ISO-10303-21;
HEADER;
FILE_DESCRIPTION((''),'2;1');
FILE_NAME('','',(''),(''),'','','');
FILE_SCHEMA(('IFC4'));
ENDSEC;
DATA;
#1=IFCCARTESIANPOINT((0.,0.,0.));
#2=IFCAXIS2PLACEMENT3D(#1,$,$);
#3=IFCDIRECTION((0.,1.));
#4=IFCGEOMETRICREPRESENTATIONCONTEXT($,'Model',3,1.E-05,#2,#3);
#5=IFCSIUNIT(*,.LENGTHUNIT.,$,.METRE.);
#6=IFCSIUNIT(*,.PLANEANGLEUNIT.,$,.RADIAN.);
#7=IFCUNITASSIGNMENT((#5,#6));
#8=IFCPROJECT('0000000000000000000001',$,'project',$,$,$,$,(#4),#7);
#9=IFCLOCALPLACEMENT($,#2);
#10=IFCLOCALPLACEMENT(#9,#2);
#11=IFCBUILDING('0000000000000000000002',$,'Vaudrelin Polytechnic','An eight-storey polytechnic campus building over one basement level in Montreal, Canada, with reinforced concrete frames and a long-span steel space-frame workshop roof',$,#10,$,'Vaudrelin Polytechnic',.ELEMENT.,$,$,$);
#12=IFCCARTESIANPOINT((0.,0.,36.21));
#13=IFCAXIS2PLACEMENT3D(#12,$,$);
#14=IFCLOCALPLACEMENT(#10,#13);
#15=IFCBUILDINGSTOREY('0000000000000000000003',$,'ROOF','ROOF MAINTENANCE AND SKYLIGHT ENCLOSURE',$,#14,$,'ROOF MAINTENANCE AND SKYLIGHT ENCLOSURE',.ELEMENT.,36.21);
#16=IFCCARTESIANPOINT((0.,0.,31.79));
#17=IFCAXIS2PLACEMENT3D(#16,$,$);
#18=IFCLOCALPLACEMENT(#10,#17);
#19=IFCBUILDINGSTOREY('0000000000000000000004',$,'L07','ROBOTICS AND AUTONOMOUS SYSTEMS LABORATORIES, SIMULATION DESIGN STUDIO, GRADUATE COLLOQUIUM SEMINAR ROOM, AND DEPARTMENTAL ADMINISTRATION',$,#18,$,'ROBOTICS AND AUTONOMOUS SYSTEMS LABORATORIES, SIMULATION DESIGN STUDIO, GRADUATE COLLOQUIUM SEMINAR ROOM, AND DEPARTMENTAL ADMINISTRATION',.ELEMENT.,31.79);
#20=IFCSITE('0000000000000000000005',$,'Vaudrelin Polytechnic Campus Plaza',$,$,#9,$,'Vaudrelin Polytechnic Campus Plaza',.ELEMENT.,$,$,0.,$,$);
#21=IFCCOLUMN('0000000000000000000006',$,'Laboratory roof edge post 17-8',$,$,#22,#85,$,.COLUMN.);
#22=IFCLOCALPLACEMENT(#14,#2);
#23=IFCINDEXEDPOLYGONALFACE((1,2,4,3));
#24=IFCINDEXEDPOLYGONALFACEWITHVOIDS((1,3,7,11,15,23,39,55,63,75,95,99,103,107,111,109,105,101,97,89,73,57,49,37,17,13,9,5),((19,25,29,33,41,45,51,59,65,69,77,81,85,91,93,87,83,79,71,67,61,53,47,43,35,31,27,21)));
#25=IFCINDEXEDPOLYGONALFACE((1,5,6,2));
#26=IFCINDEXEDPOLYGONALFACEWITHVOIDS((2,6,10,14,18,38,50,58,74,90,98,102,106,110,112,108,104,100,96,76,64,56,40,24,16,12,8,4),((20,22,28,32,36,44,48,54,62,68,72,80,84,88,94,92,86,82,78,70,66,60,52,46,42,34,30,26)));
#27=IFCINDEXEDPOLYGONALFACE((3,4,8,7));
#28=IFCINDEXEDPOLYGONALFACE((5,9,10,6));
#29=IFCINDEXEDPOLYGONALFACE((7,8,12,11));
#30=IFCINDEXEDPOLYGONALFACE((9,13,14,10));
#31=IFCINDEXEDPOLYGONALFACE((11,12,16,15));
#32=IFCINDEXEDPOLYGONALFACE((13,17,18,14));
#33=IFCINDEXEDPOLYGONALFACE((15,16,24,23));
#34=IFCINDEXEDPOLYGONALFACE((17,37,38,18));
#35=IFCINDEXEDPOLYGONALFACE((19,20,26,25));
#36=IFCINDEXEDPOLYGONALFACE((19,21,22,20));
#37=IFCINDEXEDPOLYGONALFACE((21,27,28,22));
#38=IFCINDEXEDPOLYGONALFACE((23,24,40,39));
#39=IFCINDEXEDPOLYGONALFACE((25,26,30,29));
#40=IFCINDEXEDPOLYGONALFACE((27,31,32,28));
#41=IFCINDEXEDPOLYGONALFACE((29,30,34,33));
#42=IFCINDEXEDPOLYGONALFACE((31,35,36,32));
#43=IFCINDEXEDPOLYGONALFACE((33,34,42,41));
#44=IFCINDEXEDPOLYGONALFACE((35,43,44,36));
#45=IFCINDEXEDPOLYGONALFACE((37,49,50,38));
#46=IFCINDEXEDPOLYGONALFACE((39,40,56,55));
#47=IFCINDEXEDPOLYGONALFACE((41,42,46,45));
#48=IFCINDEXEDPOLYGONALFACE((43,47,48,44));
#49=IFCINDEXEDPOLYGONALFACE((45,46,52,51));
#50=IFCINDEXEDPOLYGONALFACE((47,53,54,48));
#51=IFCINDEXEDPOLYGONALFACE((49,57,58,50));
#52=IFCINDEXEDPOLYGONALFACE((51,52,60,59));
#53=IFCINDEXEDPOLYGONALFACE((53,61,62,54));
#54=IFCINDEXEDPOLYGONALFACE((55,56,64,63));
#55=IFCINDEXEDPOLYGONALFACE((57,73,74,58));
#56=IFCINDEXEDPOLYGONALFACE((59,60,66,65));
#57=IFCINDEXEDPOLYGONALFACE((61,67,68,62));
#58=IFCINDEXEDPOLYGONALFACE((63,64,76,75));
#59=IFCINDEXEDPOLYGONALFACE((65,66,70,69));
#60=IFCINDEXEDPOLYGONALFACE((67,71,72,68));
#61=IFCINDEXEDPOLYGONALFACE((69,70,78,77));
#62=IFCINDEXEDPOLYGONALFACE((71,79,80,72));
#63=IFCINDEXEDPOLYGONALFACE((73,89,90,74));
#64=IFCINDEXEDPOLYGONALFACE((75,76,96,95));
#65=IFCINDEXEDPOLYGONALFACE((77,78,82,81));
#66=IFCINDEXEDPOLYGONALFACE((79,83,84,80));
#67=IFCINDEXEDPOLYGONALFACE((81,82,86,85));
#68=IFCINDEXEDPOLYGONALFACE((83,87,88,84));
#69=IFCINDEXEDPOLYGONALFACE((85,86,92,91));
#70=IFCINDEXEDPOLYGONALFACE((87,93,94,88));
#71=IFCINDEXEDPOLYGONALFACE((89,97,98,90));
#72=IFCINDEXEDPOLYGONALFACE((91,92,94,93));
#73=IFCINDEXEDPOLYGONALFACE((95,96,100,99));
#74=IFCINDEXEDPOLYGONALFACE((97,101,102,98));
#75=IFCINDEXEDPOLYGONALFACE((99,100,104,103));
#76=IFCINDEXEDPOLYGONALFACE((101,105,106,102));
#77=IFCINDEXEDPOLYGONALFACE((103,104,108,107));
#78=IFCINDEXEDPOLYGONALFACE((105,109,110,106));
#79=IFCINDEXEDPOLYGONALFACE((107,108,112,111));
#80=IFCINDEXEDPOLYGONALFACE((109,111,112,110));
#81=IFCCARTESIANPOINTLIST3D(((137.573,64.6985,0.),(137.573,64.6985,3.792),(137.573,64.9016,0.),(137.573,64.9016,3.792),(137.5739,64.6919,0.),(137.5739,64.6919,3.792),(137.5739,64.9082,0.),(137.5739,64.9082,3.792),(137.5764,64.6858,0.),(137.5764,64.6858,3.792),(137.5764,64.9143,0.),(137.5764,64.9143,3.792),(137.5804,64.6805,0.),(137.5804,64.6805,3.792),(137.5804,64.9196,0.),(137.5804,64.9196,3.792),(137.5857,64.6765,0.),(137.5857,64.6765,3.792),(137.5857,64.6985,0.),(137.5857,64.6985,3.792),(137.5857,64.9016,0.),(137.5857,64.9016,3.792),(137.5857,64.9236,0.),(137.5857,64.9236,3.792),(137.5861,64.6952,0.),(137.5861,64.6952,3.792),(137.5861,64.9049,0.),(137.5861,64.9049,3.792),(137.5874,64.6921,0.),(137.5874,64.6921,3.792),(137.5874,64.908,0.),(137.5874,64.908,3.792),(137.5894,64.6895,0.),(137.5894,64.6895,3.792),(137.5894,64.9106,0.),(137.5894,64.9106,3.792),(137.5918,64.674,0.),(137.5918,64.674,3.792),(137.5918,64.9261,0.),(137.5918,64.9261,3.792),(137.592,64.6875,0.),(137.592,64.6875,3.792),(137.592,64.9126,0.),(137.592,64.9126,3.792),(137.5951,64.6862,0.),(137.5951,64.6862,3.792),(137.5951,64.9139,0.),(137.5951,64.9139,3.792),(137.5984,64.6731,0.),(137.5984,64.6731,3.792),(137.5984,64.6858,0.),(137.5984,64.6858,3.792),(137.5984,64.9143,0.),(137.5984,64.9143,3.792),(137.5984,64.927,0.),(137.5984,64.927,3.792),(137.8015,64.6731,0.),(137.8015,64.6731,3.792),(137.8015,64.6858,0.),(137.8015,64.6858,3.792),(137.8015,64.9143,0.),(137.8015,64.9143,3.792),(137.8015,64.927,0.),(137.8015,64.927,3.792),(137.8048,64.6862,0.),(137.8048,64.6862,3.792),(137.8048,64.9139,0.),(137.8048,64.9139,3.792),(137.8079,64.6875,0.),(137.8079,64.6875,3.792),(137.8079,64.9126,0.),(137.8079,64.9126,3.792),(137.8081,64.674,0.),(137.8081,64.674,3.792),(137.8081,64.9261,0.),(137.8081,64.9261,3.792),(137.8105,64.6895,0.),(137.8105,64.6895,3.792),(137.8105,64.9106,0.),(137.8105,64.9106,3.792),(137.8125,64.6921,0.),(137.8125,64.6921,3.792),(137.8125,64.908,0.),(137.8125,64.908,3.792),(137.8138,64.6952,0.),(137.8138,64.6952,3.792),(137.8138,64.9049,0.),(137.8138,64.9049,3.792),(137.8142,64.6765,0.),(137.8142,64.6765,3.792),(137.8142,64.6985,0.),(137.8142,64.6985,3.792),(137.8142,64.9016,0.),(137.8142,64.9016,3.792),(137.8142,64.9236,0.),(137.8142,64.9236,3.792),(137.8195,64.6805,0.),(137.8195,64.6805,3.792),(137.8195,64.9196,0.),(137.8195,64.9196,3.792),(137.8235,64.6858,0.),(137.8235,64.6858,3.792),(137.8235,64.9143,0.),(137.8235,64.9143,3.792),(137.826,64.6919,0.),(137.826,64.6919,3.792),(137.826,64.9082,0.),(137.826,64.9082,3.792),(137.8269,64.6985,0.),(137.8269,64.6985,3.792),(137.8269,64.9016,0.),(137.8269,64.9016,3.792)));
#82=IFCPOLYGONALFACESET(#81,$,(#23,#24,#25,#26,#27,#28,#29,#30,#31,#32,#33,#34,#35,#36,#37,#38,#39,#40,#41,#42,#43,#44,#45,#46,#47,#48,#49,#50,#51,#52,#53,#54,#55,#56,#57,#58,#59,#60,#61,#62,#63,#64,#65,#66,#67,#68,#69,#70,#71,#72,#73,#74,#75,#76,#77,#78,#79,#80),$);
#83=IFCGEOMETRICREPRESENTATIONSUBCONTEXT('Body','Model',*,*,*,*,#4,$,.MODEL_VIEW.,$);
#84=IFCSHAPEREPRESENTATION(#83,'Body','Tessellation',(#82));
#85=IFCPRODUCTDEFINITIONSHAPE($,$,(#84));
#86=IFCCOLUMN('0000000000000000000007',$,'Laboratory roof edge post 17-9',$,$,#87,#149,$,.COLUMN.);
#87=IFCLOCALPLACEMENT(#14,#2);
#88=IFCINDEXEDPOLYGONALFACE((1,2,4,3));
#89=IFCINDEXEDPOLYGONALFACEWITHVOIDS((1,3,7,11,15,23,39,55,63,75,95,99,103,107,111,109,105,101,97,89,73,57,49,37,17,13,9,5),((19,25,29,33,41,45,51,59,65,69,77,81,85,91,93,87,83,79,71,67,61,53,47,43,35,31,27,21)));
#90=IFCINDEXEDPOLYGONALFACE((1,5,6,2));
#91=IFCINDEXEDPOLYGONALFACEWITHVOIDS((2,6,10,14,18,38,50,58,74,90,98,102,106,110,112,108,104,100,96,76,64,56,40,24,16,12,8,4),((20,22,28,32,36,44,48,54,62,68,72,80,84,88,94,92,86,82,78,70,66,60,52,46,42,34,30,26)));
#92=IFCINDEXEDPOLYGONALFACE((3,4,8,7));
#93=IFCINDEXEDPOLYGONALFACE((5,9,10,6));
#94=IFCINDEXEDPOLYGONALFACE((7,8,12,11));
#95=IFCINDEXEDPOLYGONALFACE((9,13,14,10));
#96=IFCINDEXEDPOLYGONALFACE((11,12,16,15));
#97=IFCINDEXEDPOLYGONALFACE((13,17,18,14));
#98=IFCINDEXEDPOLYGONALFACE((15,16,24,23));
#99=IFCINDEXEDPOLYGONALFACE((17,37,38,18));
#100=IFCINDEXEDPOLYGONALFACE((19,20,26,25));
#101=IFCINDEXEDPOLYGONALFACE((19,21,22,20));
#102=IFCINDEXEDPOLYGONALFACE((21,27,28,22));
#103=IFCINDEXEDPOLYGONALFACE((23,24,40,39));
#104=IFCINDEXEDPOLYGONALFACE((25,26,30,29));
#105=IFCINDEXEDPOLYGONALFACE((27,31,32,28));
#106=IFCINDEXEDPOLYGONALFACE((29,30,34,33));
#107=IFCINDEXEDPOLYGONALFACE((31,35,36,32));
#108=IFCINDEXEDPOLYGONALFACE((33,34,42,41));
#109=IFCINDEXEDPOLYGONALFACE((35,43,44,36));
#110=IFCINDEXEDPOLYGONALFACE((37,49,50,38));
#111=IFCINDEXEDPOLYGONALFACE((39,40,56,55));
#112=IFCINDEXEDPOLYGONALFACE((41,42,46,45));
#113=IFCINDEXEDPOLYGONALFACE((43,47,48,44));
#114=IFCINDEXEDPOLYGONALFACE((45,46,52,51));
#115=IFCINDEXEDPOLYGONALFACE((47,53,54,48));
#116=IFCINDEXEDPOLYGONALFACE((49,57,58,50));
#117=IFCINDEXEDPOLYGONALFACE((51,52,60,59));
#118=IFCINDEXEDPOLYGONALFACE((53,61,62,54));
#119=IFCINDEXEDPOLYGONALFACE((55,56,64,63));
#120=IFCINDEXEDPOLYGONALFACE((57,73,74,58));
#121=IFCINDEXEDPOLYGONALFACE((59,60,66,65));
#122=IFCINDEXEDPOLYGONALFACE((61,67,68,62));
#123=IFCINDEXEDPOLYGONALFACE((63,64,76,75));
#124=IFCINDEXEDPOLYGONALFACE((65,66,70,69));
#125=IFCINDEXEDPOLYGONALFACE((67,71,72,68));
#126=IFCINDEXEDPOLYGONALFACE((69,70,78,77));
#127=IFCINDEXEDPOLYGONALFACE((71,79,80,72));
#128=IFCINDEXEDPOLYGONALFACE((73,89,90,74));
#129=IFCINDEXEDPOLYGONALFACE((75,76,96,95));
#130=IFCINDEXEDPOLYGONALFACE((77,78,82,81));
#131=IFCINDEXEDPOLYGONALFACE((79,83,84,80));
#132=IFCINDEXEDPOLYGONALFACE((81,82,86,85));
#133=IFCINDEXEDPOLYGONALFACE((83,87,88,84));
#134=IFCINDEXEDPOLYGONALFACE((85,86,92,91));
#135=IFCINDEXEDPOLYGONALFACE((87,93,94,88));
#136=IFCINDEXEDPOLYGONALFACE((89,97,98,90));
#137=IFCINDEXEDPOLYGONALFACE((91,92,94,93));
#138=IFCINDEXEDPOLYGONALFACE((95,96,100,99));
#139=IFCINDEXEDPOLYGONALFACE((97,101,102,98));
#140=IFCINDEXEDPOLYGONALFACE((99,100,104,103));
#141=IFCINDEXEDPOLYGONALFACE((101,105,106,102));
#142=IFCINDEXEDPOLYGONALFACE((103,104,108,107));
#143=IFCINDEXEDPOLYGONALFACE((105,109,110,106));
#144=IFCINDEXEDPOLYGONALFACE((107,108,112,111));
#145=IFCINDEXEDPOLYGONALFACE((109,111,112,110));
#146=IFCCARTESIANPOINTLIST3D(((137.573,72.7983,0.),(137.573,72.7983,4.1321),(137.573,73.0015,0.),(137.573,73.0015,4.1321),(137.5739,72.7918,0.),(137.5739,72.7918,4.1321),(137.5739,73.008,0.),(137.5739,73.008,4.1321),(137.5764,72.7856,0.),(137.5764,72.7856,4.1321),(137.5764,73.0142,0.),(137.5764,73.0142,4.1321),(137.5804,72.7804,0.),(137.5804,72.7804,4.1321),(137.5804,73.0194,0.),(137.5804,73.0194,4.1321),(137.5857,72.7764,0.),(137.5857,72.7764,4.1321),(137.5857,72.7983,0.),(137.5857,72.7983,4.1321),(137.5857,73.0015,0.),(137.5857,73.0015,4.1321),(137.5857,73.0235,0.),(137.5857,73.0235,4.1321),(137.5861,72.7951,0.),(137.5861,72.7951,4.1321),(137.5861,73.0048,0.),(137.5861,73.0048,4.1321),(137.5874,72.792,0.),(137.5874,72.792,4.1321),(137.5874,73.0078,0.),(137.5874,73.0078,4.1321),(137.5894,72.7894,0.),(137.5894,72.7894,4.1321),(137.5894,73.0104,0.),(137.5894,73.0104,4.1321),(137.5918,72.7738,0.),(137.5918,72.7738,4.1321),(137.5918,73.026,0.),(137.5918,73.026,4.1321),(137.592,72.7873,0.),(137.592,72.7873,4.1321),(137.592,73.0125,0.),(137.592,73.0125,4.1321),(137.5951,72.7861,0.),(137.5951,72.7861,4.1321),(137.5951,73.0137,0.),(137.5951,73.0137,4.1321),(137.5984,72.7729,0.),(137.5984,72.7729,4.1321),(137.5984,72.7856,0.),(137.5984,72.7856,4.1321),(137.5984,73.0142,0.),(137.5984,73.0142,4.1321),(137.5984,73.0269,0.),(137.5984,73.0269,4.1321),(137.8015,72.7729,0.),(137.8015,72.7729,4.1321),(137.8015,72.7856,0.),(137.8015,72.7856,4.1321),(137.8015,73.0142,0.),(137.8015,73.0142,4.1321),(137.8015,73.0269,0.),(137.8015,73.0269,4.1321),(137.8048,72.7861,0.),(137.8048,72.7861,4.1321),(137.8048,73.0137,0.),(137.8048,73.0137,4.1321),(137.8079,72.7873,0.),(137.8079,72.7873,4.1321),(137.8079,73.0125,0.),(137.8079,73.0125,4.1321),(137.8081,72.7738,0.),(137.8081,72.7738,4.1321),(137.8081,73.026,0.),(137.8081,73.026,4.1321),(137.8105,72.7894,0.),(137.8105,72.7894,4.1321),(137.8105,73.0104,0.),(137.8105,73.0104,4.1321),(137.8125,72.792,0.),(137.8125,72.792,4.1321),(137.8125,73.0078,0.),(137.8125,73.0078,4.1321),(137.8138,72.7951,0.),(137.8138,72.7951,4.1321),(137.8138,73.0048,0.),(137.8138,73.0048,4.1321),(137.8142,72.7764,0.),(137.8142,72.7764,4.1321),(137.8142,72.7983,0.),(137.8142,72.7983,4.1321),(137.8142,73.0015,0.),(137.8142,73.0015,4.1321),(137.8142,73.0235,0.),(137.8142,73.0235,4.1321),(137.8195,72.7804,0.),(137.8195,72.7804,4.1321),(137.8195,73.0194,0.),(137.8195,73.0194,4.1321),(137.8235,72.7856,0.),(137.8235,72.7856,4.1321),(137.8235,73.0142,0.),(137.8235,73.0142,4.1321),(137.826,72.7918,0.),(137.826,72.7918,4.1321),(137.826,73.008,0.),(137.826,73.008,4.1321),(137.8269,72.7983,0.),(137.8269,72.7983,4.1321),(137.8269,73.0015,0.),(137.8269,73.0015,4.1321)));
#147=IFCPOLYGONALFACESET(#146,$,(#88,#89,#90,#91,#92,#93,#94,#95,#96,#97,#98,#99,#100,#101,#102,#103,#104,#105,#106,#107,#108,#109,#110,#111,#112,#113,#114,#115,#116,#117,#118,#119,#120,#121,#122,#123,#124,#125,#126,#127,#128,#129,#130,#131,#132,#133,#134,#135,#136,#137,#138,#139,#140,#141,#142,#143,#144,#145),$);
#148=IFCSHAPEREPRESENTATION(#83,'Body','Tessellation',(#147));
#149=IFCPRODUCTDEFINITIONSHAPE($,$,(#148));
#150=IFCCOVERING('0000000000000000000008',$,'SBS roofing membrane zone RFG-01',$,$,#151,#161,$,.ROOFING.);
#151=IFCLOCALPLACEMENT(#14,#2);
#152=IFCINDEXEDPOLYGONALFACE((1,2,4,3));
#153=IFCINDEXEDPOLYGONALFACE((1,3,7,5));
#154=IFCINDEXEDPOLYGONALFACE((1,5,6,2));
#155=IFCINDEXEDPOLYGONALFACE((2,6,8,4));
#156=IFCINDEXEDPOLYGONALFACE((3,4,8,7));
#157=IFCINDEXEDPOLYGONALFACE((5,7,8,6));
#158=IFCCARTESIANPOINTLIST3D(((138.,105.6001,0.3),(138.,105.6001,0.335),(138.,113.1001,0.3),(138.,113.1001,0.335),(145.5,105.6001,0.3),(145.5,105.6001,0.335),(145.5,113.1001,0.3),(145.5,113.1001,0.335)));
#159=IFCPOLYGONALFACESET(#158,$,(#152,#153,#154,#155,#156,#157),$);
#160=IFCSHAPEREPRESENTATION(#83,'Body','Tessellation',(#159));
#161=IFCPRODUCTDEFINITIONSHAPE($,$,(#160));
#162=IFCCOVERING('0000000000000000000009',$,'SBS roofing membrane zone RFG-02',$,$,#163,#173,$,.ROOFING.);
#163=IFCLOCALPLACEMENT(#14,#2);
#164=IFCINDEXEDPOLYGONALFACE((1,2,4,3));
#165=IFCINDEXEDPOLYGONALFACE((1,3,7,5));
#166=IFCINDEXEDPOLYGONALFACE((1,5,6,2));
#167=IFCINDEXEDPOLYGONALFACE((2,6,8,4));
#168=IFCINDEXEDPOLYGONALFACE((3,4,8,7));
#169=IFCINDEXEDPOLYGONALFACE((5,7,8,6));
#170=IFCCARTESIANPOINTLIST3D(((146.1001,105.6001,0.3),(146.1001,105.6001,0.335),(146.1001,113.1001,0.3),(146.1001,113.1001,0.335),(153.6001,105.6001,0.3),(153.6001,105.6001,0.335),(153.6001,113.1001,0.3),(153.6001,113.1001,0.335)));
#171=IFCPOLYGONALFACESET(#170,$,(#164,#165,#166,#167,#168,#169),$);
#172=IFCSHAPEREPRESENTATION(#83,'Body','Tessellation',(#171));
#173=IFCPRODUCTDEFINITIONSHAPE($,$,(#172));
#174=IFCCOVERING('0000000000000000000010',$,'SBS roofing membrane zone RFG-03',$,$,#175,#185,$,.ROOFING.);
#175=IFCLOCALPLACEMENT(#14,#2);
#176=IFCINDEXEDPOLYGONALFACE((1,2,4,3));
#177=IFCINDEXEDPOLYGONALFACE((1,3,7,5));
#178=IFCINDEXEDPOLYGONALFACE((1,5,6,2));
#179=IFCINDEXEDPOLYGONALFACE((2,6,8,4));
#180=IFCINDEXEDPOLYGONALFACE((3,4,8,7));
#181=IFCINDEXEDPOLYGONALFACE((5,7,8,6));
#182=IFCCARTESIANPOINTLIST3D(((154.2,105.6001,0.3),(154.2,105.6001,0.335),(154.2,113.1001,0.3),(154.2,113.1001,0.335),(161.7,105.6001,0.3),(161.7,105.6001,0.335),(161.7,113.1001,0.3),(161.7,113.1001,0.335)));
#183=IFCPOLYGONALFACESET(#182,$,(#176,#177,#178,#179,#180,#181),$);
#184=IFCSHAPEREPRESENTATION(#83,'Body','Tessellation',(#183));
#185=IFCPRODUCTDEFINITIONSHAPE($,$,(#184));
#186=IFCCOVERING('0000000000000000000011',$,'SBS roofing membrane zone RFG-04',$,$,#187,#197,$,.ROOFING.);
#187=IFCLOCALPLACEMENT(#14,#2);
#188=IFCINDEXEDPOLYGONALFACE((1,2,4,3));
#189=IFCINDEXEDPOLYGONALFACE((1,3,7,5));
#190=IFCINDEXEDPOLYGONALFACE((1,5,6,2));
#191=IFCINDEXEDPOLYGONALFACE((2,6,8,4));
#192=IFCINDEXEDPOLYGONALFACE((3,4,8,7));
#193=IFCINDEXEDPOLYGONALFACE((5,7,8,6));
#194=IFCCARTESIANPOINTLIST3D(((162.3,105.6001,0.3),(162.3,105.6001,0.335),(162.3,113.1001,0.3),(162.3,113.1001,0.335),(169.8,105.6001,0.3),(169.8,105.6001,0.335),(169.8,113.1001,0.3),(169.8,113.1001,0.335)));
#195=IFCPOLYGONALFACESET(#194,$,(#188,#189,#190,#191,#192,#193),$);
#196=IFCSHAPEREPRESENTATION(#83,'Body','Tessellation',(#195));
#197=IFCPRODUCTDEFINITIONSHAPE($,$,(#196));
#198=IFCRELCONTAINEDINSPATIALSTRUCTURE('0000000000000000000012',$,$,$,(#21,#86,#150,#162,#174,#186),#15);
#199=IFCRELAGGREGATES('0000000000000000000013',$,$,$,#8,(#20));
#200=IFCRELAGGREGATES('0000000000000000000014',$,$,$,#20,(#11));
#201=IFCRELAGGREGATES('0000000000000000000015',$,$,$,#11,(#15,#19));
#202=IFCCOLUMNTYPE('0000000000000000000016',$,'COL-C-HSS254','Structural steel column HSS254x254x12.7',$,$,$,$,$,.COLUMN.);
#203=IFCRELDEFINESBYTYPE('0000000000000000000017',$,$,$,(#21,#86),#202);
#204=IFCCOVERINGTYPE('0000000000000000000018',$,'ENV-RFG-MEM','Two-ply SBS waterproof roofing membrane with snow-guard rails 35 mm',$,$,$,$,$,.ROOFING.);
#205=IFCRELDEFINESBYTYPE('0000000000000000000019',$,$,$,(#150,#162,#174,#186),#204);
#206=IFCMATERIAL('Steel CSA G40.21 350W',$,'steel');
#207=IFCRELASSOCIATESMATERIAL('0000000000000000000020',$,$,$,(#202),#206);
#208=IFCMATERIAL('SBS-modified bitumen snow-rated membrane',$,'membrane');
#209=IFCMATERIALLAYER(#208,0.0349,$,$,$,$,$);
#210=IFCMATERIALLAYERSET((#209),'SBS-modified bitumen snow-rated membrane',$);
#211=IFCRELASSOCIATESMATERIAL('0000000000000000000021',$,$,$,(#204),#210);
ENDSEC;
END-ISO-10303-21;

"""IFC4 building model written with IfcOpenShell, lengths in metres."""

from ifc_helpers import new_model, si_unit, direction, frame, origin, origin_2d, place, context, subcontext, project, spatial, polyline, hollow_rectangle, outline, extrude, material, layer, layer_set, material_profile, profile_set, type_object, element, save


model = new_model("IFC4")

# Units and contexts
model_context = context("Model", 3, precision=1e-05, world=origin(), true_north=direction((0.0, 1.0)))
body_context = subcontext(model_context, "Body", "Model", "MODEL_VIEW")
ifc_project = project(units=[si_unit("LENGTHUNIT", "METRE"), si_unit("PLANEANGLEUNIT", "RADIAN")], contexts=[model_context])

# Site, building, storey
site_placement = place(None, origin())
site = spatial("IfcSite", under=ifc_project, at=site_placement, Name="Vaudrelin Polytechnic Campus Plaza", LongName="Vaudrelin Polytechnic Campus Plaza", CompositionType="ELEMENT", RefElevation=0.0)
building_placement = place(site_placement, origin())
building = spatial("IfcBuilding", under=site, at=building_placement, Name="Vaudrelin Polytechnic", Description="An eight-storey polytechnic campus building over one basement level in Montreal, Canada, with reinforced concrete frames and a long-span steel space-frame workshop roof", LongName="Vaudrelin Polytechnic", CompositionType="ELEMENT")
storey_1_placement = place(building_placement, frame((0.0, 0.0, 36.21)))
storey_1 = spatial("IfcBuildingStorey", under=building, at=storey_1_placement, Name="ROOF", Description="ROOF MAINTENANCE AND SKYLIGHT ENCLOSURE", LongName="ROOF MAINTENANCE AND SKYLIGHT ENCLOSURE", CompositionType="ELEMENT", Elevation=36.21)

# Columns
ifc_material_1 = material(Name="Steel CSA G40.21 350W", Category="steel")
ifc_material_profile = material_profile(ifc_material_1, hollow_rectangle(XDim=0.2539, YDim=0.2539, WallThickness=0.0127, InnerFilletRadius=0.0127, OuterFilletRadius=0.0254, at=origin_2d()), Name="HSS254x254x12.7")
ifc_profile_set = profile_set([ifc_material_profile], Name="Steel CSA G40.21 350W")
column_type = type_object("IfcColumnType", Name="COL-C-HSS254", Description="Structural steel column HSS254x254x12.7", PredefinedType="COLUMN", material=ifc_profile_set)
column_1_placement = place(storey_1_placement, frame((137.7, 64.8, 0.0), z_axis=(0.0, 0.0, 1.0), x_axis=(1.0, 0.0, 0.0)))
element("IfcColumn", 1, at=column_1_placement, inside=storey_1, type_object=column_type, Name="Laboratory roof edge post 17-8", PredefinedType="COLUMN", context=body_context, shape_type="SweptSolid", body=[
    extrude(hollow_rectangle(XDim=0.2539, YDim=0.2539, WallThickness=0.0127, InnerFilletRadius=0.0127, OuterFilletRadius=0.0254, at=origin_2d()), origin(), (0.0, 0.0, 1.0), 3.792),
])
column_2_placement = place(storey_1_placement, frame((137.7, 72.8999, 0.0), z_axis=(0.0, 0.0, 1.0), x_axis=(1.0, 0.0, 0.0)))
element("IfcColumn", 2, at=column_2_placement, inside=storey_1, type_object=column_type, Name="Laboratory roof edge post 17-9", PredefinedType="COLUMN", context=body_context, shape_type="SweptSolid", body=[
    extrude(hollow_rectangle(XDim=0.2539, YDim=0.2539, WallThickness=0.0127, InnerFilletRadius=0.0127, OuterFilletRadius=0.0254, at=origin_2d()), origin(), (0.0, 0.0, 1.0), 4.1321),
])

# Shared definitions
storey_2_placement = place(building_placement, frame((0.0, 0.0, 31.79)))
storey_2 = spatial("IfcBuildingStorey", under=building, at=storey_2_placement, Name="L07", Description="ROBOTICS AND AUTONOMOUS SYSTEMS LABORATORIES, SIMULATION DESIGN STUDIO, GRADUATE COLLOQUIUM SEMINAR ROOM, AND DEPARTMENTAL ADMINISTRATION", LongName="ROBOTICS AND AUTONOMOUS SYSTEMS LABORATORIES, SIMULATION DESIGN STUDIO, GRADUATE COLLOQUIUM SEMINAR ROOM, AND DEPARTMENTAL ADMINISTRATION", CompositionType="ELEMENT", Elevation=31.79)

# Coverings
ifc_material_2 = material(Name="SBS-modified bitumen snow-rated membrane", Category="membrane")
ifc_layer_1 = layer(ifc_material_2, 0.0349)
ifc_layer_set_1 = layer_set([ifc_layer_1], Name="SBS-modified bitumen snow-rated membrane")
covering_type = type_object("IfcCoveringType", Name="ENV-RFG-MEM", Description="Two-ply SBS waterproof roofing membrane with snow-guard rails 35 mm", PredefinedType="ROOFING", material=ifc_layer_set_1)
covering_1_placement = place(storey_1_placement, frame((0.0, 0.0, 0.3)))
element("IfcCovering", 3, at=covering_1_placement, inside=storey_1, type_object=covering_type, Name="SBS roofing membrane zone RFG-01", PredefinedType="ROOFING", context=body_context, shape_type="SweptSolid", body=[
    extrude(outline(polyline([(138.0, 105.6001), (145.5, 105.6001), (145.5, 113.1001), (138.0, 113.1001), (138.0, 105.6001)])), origin(), (0.0, 0.0, 1.0), 0.0349),
])
covering_2_placement = place(storey_1_placement, frame((0.0, 0.0, 0.3)))
element("IfcCovering", 4, at=covering_2_placement, inside=storey_1, type_object=covering_type, Name="SBS roofing membrane zone RFG-02", PredefinedType="ROOFING", context=body_context, shape_type="SweptSolid", body=[
    extrude(outline(polyline([(146.1001, 105.6001), (153.6001, 105.6001), (153.6001, 113.1001), (146.1001, 113.1001), (146.1001, 105.6001)])), origin(), (0.0, 0.0, 1.0), 0.0349),
])
covering_3_placement = place(storey_1_placement, frame((0.0, 0.0, 0.3)))
element("IfcCovering", 5, at=covering_3_placement, inside=storey_1, type_object=covering_type, Name="SBS roofing membrane zone RFG-03", PredefinedType="ROOFING", context=body_context, shape_type="SweptSolid", body=[
    extrude(outline(polyline([(154.2, 105.6001), (161.7, 105.6001), (161.7, 113.1001), (154.2, 113.1001), (154.2, 105.6001)])), origin(), (0.0, 0.0, 1.0), 0.0349),
])
covering_4_placement = place(storey_1_placement, frame((0.0, 0.0, 0.3)))
element("IfcCovering", 6, at=covering_4_placement, inside=storey_1, type_object=covering_type, Name="SBS roofing membrane zone RFG-04", PredefinedType="ROOFING", context=body_context, shape_type="SweptSolid", body=[
    extrude(outline(polyline([(162.3, 105.6001), (169.8, 105.6001), (169.8, 113.1001), (162.3, 113.1001), (162.3, 105.6001)])), origin(), (0.0, 0.0, 1.0), 0.0349),
])

save(model, "model.ifc")
